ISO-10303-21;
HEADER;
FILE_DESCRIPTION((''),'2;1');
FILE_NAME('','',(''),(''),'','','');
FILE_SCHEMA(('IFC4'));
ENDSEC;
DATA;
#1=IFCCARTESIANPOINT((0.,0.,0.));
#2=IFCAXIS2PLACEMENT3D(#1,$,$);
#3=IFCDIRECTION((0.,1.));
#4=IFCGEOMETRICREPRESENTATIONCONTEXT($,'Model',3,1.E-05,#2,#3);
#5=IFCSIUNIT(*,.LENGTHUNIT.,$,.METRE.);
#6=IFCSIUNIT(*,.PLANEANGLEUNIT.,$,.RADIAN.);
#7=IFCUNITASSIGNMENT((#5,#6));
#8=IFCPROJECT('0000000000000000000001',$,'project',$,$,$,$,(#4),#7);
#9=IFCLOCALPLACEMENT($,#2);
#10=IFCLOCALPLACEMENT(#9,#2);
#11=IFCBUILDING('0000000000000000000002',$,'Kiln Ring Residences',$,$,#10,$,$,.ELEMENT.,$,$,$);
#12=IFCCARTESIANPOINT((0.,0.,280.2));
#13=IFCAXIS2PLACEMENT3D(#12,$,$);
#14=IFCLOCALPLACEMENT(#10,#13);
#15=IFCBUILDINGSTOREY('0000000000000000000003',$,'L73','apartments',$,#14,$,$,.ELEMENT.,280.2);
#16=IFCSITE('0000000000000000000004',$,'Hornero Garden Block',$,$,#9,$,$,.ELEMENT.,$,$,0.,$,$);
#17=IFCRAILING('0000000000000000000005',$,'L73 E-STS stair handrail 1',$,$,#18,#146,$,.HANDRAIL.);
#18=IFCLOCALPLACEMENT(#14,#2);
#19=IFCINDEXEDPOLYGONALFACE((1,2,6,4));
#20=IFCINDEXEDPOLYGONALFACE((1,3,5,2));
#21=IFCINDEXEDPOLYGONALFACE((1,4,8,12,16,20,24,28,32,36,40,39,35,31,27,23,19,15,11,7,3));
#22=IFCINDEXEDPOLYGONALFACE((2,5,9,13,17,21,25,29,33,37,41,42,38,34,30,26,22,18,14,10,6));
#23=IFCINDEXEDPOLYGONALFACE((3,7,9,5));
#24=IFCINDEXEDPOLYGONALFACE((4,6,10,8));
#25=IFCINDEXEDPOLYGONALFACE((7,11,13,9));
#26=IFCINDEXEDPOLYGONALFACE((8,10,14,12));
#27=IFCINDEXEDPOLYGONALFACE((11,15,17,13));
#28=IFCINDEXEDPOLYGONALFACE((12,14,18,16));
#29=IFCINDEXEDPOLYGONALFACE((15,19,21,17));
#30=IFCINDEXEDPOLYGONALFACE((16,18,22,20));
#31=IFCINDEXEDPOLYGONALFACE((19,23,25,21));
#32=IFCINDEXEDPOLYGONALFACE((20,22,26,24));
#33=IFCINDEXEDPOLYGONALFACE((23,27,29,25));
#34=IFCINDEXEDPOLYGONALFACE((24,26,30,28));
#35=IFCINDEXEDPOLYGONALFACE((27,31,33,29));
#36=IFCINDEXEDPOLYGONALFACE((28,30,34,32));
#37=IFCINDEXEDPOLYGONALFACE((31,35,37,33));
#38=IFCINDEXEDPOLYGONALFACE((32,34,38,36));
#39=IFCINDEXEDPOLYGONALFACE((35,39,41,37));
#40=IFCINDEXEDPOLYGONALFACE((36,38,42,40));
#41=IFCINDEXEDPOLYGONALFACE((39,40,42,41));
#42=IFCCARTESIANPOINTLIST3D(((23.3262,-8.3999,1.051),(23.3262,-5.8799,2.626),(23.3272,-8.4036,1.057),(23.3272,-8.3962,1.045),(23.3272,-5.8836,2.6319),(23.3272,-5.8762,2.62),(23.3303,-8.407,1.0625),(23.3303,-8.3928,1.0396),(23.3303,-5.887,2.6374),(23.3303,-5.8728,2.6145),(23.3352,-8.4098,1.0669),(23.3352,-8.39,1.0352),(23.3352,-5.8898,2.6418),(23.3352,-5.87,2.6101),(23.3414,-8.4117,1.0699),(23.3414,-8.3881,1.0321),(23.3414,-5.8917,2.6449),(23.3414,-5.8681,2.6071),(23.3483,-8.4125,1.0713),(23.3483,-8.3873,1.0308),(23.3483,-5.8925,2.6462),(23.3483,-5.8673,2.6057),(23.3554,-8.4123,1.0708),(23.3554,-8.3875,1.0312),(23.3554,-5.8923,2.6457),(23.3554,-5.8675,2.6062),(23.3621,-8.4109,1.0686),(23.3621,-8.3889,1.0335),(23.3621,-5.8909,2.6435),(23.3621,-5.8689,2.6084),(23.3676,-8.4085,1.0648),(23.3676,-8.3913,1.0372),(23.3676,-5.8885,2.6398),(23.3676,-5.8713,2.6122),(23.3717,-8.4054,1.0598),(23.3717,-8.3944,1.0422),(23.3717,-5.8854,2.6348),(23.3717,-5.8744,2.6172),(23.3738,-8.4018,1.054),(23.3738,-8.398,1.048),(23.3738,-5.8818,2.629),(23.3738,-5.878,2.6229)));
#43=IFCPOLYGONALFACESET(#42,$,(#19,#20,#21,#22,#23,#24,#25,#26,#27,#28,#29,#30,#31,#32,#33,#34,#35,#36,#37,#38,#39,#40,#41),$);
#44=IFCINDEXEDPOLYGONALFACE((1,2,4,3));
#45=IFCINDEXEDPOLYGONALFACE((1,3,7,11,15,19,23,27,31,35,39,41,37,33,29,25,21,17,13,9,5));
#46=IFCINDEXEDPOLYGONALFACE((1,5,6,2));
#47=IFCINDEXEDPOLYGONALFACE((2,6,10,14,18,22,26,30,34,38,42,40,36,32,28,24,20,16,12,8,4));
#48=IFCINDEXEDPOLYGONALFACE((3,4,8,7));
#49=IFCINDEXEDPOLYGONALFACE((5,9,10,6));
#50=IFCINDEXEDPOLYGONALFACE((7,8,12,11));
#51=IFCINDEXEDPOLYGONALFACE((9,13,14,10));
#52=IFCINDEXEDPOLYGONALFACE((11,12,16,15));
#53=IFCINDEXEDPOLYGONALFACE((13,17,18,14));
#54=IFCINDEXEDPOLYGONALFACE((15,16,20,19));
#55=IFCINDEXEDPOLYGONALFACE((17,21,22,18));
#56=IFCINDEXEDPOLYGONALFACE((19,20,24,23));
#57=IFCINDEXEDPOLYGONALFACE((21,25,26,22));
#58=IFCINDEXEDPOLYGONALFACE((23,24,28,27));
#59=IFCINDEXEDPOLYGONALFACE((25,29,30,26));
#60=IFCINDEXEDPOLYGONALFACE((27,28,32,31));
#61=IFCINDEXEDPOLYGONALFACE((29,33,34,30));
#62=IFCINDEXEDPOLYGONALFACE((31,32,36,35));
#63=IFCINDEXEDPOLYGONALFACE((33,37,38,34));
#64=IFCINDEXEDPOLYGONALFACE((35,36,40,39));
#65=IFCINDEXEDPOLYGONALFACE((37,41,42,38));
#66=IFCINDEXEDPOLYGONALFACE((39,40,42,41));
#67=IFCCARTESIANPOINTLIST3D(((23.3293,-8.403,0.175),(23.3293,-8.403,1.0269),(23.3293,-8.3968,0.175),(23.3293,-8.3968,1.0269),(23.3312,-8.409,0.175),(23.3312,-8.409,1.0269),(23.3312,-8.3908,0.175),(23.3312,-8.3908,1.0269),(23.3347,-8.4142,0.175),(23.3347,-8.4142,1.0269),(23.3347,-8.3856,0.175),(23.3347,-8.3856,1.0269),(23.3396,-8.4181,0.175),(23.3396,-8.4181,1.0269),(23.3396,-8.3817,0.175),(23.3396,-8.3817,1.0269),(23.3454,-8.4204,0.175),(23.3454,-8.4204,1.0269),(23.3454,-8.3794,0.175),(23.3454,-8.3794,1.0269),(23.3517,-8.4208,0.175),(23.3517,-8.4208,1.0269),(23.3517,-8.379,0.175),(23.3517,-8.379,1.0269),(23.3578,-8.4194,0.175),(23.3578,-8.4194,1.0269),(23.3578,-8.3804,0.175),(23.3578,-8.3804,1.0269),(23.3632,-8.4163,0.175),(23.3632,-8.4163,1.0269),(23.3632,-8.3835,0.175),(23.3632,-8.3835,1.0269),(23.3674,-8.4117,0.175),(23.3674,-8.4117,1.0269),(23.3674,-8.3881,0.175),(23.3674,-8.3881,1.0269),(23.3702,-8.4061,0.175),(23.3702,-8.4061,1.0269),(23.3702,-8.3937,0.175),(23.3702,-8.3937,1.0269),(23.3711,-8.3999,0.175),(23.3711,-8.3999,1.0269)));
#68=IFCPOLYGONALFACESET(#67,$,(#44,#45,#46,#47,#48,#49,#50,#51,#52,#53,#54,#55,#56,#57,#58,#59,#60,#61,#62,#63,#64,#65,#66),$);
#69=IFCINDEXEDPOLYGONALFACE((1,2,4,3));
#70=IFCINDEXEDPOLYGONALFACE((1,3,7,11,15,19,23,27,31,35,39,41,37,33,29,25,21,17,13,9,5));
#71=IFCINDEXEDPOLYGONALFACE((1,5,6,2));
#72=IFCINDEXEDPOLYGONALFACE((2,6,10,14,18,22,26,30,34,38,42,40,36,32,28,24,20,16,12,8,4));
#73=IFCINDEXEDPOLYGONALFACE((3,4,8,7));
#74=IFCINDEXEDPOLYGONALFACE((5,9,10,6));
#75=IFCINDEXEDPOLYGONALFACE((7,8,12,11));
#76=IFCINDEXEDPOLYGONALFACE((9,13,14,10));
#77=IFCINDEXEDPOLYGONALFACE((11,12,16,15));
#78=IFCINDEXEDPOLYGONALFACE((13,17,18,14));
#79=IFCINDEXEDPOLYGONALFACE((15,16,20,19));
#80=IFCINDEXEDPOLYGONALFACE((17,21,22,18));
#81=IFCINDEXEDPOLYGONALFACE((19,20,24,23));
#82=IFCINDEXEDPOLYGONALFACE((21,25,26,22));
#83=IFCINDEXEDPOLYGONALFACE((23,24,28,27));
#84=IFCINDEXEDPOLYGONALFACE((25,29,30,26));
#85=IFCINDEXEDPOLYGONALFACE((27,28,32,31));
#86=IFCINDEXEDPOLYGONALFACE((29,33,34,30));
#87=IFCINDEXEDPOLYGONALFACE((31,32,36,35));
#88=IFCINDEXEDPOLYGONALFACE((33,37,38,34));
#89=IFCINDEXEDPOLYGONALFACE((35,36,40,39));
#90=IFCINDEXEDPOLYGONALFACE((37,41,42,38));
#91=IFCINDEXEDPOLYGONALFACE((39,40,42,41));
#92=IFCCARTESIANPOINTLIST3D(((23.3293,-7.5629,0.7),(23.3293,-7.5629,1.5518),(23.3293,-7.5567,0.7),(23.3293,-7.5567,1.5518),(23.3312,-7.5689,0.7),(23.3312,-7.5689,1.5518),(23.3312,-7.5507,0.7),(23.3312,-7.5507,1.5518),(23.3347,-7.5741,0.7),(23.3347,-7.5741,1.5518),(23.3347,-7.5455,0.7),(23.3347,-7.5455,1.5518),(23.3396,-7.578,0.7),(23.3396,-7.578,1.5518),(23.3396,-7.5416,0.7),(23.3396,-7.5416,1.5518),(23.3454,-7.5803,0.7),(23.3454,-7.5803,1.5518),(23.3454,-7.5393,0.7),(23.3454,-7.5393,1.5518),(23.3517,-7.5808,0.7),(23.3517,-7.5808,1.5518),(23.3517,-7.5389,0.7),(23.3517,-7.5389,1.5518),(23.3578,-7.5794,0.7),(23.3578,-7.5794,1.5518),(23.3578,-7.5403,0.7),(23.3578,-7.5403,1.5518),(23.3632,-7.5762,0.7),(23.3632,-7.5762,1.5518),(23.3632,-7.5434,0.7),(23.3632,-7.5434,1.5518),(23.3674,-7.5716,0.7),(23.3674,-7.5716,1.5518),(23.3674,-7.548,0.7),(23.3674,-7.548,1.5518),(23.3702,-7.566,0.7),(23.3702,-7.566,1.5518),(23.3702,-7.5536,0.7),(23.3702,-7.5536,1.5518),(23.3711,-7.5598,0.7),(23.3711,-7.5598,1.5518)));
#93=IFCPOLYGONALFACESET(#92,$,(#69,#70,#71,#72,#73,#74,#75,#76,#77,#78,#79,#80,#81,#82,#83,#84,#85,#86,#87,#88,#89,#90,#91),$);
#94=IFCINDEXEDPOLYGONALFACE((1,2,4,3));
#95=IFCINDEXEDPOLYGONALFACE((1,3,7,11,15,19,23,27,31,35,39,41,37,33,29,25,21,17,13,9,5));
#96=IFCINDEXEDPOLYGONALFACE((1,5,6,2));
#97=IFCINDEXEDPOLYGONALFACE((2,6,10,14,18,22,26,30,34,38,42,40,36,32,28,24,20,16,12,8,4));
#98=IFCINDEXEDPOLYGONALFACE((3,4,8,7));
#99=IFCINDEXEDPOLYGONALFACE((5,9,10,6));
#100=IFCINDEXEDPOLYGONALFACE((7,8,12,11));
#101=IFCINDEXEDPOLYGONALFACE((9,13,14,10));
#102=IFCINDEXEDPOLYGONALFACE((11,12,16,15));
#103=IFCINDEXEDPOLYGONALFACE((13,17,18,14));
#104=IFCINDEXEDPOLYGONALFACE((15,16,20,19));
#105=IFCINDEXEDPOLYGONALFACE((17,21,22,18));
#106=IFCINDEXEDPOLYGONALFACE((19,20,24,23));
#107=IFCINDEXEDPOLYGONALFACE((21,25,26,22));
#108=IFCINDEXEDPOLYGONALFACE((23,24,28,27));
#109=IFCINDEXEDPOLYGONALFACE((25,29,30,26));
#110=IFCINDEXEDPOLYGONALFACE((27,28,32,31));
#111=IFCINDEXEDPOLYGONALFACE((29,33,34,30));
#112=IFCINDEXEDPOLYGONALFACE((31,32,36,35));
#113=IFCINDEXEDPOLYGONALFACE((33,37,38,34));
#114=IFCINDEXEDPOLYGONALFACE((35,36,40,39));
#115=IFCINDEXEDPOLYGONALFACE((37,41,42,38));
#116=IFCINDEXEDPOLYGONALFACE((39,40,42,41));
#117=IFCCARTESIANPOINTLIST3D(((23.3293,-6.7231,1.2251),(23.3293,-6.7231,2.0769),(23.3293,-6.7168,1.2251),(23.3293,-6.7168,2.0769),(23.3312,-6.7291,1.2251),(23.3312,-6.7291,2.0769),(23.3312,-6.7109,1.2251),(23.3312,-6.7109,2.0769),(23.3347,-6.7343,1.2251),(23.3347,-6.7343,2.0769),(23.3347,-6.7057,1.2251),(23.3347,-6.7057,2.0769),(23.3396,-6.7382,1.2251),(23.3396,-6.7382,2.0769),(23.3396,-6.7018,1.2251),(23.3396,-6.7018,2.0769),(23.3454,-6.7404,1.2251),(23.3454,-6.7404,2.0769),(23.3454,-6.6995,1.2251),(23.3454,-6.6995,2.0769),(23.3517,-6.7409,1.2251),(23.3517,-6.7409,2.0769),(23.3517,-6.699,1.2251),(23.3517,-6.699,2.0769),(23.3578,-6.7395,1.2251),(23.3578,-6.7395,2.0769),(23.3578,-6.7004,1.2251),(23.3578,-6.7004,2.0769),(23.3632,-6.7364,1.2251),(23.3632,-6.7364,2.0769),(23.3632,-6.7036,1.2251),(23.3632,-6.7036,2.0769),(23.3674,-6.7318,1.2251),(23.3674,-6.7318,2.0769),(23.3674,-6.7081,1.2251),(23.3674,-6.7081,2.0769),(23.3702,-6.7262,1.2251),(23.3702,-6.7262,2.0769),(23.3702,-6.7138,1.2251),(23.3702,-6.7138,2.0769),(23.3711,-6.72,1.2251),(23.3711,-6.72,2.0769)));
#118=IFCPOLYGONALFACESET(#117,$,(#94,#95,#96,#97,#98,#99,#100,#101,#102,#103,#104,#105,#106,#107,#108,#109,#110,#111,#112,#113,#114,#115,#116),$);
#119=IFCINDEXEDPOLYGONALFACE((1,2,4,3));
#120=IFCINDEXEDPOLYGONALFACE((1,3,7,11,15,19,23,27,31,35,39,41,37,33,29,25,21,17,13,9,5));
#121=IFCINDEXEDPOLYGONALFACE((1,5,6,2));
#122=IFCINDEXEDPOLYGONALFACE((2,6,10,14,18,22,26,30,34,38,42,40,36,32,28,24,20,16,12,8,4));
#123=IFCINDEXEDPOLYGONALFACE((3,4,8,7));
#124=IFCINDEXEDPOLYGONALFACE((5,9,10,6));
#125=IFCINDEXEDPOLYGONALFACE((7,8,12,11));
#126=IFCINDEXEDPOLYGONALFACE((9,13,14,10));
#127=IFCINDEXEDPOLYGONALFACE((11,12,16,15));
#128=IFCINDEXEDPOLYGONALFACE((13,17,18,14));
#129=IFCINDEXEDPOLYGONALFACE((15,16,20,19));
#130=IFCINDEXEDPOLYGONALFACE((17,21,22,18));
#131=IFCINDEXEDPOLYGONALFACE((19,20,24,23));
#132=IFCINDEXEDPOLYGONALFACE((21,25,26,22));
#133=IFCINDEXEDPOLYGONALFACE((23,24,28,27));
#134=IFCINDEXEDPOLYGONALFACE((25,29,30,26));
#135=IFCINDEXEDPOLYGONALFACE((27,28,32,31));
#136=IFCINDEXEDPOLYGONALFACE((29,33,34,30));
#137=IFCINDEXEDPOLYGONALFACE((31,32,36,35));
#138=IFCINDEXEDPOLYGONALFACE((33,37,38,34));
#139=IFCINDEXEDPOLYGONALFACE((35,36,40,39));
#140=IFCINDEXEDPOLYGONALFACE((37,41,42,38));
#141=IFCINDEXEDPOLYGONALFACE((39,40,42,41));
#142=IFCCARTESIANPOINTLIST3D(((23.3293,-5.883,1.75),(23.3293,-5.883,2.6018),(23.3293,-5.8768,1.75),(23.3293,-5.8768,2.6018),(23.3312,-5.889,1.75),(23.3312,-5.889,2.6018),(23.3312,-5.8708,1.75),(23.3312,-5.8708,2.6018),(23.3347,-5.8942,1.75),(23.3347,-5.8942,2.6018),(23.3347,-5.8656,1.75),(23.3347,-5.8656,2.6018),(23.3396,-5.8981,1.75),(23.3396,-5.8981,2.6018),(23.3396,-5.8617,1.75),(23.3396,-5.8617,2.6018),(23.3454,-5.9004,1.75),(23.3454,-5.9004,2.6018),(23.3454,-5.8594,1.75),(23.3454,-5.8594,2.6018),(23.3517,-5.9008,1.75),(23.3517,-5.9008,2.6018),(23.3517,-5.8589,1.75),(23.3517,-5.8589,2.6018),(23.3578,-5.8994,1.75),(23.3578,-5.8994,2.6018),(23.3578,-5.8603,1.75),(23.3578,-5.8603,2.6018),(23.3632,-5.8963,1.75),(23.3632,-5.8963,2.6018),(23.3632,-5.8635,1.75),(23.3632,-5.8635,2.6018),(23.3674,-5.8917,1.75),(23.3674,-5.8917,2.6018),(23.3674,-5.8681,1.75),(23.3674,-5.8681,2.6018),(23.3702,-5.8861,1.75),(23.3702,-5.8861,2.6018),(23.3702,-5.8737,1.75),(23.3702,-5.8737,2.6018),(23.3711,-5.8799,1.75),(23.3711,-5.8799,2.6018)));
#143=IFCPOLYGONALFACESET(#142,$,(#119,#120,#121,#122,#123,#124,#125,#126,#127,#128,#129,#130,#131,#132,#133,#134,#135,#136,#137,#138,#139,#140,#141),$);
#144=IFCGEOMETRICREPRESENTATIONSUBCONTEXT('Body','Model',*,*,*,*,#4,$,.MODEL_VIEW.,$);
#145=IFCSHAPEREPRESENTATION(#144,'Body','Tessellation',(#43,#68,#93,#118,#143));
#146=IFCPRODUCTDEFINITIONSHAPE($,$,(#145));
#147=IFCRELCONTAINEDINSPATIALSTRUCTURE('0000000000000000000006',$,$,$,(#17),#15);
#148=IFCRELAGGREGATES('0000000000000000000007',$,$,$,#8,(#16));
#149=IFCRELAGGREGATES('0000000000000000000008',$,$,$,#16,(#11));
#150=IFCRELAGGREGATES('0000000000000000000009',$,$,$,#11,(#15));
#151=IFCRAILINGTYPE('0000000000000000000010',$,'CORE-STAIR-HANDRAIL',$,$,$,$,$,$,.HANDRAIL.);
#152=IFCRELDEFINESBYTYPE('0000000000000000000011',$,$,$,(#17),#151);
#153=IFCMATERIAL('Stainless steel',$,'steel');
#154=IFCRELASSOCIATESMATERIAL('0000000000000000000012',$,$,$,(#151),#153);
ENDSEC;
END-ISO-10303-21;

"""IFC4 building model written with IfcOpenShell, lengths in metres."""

from ifc_helpers import new_model, si_unit, direction, frame, origin, origin_2d, place, context, subcontext, project, spatial, circle, extrude, material, type_object, element, save


model = new_model("IFC4")

# Units and contexts
model_context = context("Model", 3, precision=1e-05, world=origin(), true_north=direction((0.0, 1.0)))
body_context = subcontext(model_context, "Body", "Model", "MODEL_VIEW")
ifc_project = project(units=[si_unit("LENGTHUNIT", "METRE"), si_unit("PLANEANGLEUNIT", "RADIAN")], contexts=[model_context])

# Site, building, storey
site_placement = place(None, origin())
site = spatial("IfcSite", under=ifc_project, at=site_placement, Name="Hornero Garden Block", CompositionType="ELEMENT", RefElevation=0.0)
building_placement = place(site_placement, origin())
building = spatial("IfcBuilding", under=site, at=building_placement, Name="Kiln Ring Residences", CompositionType="ELEMENT")
storey_placement = place(building_placement, frame((0.0, 0.0, 280.2)))
storey = spatial("IfcBuildingStorey", under=building, at=storey_placement, Name="L73", Description="apartments", CompositionType="ELEMENT", Elevation=280.2)

# Railing
ifc_material_1 = material(Name="Stainless steel", Category="steel")
railing_type_1 = type_object("IfcRailingType", Name="CORE-STAIR-HANDRAIL", PredefinedType="HANDRAIL", material=ifc_material_1)
railing_1_placement = place(storey_placement, frame((23.3501, -8.3999, 0.175)))
element("IfcRailing", 1, at=railing_1_placement, inside=storey, type_object=railing_type_1, Name="L73 E-STS stair handrail 1", PredefinedType="HANDRAIL", context=body_context, shape_type="SweptSolid", body=[
    extrude(circle(Radius=0.0239, at=origin_2d()), frame((0.0, 0.0, 0.876), z_axis=(0.0, 0.848008, 0.529984), x_axis=(-1.0, 0.0, 0.0)), (0.0, 0.0, 1.0), 2.9717),
    extrude(circle(Radius=0.021, at=origin_2d()), origin(), (0.0, 0.0, 1.0), 0.8518),
    extrude(circle(Radius=0.021, at=origin_2d()), frame((0.0, 0.8401, 0.5249)), (0.0, 0.0, 1.0), 0.8518),
    extrude(circle(Radius=0.021, at=origin_2d()), frame((0.0, 1.6799, 1.05)), (0.0, 0.0, 1.0), 0.8518),
    extrude(circle(Radius=0.021, at=origin_2d()), frame((0.0, 2.52, 1.575)), (0.0, 0.0, 1.0), 0.8518),
])

save(model, "model.ifc")
